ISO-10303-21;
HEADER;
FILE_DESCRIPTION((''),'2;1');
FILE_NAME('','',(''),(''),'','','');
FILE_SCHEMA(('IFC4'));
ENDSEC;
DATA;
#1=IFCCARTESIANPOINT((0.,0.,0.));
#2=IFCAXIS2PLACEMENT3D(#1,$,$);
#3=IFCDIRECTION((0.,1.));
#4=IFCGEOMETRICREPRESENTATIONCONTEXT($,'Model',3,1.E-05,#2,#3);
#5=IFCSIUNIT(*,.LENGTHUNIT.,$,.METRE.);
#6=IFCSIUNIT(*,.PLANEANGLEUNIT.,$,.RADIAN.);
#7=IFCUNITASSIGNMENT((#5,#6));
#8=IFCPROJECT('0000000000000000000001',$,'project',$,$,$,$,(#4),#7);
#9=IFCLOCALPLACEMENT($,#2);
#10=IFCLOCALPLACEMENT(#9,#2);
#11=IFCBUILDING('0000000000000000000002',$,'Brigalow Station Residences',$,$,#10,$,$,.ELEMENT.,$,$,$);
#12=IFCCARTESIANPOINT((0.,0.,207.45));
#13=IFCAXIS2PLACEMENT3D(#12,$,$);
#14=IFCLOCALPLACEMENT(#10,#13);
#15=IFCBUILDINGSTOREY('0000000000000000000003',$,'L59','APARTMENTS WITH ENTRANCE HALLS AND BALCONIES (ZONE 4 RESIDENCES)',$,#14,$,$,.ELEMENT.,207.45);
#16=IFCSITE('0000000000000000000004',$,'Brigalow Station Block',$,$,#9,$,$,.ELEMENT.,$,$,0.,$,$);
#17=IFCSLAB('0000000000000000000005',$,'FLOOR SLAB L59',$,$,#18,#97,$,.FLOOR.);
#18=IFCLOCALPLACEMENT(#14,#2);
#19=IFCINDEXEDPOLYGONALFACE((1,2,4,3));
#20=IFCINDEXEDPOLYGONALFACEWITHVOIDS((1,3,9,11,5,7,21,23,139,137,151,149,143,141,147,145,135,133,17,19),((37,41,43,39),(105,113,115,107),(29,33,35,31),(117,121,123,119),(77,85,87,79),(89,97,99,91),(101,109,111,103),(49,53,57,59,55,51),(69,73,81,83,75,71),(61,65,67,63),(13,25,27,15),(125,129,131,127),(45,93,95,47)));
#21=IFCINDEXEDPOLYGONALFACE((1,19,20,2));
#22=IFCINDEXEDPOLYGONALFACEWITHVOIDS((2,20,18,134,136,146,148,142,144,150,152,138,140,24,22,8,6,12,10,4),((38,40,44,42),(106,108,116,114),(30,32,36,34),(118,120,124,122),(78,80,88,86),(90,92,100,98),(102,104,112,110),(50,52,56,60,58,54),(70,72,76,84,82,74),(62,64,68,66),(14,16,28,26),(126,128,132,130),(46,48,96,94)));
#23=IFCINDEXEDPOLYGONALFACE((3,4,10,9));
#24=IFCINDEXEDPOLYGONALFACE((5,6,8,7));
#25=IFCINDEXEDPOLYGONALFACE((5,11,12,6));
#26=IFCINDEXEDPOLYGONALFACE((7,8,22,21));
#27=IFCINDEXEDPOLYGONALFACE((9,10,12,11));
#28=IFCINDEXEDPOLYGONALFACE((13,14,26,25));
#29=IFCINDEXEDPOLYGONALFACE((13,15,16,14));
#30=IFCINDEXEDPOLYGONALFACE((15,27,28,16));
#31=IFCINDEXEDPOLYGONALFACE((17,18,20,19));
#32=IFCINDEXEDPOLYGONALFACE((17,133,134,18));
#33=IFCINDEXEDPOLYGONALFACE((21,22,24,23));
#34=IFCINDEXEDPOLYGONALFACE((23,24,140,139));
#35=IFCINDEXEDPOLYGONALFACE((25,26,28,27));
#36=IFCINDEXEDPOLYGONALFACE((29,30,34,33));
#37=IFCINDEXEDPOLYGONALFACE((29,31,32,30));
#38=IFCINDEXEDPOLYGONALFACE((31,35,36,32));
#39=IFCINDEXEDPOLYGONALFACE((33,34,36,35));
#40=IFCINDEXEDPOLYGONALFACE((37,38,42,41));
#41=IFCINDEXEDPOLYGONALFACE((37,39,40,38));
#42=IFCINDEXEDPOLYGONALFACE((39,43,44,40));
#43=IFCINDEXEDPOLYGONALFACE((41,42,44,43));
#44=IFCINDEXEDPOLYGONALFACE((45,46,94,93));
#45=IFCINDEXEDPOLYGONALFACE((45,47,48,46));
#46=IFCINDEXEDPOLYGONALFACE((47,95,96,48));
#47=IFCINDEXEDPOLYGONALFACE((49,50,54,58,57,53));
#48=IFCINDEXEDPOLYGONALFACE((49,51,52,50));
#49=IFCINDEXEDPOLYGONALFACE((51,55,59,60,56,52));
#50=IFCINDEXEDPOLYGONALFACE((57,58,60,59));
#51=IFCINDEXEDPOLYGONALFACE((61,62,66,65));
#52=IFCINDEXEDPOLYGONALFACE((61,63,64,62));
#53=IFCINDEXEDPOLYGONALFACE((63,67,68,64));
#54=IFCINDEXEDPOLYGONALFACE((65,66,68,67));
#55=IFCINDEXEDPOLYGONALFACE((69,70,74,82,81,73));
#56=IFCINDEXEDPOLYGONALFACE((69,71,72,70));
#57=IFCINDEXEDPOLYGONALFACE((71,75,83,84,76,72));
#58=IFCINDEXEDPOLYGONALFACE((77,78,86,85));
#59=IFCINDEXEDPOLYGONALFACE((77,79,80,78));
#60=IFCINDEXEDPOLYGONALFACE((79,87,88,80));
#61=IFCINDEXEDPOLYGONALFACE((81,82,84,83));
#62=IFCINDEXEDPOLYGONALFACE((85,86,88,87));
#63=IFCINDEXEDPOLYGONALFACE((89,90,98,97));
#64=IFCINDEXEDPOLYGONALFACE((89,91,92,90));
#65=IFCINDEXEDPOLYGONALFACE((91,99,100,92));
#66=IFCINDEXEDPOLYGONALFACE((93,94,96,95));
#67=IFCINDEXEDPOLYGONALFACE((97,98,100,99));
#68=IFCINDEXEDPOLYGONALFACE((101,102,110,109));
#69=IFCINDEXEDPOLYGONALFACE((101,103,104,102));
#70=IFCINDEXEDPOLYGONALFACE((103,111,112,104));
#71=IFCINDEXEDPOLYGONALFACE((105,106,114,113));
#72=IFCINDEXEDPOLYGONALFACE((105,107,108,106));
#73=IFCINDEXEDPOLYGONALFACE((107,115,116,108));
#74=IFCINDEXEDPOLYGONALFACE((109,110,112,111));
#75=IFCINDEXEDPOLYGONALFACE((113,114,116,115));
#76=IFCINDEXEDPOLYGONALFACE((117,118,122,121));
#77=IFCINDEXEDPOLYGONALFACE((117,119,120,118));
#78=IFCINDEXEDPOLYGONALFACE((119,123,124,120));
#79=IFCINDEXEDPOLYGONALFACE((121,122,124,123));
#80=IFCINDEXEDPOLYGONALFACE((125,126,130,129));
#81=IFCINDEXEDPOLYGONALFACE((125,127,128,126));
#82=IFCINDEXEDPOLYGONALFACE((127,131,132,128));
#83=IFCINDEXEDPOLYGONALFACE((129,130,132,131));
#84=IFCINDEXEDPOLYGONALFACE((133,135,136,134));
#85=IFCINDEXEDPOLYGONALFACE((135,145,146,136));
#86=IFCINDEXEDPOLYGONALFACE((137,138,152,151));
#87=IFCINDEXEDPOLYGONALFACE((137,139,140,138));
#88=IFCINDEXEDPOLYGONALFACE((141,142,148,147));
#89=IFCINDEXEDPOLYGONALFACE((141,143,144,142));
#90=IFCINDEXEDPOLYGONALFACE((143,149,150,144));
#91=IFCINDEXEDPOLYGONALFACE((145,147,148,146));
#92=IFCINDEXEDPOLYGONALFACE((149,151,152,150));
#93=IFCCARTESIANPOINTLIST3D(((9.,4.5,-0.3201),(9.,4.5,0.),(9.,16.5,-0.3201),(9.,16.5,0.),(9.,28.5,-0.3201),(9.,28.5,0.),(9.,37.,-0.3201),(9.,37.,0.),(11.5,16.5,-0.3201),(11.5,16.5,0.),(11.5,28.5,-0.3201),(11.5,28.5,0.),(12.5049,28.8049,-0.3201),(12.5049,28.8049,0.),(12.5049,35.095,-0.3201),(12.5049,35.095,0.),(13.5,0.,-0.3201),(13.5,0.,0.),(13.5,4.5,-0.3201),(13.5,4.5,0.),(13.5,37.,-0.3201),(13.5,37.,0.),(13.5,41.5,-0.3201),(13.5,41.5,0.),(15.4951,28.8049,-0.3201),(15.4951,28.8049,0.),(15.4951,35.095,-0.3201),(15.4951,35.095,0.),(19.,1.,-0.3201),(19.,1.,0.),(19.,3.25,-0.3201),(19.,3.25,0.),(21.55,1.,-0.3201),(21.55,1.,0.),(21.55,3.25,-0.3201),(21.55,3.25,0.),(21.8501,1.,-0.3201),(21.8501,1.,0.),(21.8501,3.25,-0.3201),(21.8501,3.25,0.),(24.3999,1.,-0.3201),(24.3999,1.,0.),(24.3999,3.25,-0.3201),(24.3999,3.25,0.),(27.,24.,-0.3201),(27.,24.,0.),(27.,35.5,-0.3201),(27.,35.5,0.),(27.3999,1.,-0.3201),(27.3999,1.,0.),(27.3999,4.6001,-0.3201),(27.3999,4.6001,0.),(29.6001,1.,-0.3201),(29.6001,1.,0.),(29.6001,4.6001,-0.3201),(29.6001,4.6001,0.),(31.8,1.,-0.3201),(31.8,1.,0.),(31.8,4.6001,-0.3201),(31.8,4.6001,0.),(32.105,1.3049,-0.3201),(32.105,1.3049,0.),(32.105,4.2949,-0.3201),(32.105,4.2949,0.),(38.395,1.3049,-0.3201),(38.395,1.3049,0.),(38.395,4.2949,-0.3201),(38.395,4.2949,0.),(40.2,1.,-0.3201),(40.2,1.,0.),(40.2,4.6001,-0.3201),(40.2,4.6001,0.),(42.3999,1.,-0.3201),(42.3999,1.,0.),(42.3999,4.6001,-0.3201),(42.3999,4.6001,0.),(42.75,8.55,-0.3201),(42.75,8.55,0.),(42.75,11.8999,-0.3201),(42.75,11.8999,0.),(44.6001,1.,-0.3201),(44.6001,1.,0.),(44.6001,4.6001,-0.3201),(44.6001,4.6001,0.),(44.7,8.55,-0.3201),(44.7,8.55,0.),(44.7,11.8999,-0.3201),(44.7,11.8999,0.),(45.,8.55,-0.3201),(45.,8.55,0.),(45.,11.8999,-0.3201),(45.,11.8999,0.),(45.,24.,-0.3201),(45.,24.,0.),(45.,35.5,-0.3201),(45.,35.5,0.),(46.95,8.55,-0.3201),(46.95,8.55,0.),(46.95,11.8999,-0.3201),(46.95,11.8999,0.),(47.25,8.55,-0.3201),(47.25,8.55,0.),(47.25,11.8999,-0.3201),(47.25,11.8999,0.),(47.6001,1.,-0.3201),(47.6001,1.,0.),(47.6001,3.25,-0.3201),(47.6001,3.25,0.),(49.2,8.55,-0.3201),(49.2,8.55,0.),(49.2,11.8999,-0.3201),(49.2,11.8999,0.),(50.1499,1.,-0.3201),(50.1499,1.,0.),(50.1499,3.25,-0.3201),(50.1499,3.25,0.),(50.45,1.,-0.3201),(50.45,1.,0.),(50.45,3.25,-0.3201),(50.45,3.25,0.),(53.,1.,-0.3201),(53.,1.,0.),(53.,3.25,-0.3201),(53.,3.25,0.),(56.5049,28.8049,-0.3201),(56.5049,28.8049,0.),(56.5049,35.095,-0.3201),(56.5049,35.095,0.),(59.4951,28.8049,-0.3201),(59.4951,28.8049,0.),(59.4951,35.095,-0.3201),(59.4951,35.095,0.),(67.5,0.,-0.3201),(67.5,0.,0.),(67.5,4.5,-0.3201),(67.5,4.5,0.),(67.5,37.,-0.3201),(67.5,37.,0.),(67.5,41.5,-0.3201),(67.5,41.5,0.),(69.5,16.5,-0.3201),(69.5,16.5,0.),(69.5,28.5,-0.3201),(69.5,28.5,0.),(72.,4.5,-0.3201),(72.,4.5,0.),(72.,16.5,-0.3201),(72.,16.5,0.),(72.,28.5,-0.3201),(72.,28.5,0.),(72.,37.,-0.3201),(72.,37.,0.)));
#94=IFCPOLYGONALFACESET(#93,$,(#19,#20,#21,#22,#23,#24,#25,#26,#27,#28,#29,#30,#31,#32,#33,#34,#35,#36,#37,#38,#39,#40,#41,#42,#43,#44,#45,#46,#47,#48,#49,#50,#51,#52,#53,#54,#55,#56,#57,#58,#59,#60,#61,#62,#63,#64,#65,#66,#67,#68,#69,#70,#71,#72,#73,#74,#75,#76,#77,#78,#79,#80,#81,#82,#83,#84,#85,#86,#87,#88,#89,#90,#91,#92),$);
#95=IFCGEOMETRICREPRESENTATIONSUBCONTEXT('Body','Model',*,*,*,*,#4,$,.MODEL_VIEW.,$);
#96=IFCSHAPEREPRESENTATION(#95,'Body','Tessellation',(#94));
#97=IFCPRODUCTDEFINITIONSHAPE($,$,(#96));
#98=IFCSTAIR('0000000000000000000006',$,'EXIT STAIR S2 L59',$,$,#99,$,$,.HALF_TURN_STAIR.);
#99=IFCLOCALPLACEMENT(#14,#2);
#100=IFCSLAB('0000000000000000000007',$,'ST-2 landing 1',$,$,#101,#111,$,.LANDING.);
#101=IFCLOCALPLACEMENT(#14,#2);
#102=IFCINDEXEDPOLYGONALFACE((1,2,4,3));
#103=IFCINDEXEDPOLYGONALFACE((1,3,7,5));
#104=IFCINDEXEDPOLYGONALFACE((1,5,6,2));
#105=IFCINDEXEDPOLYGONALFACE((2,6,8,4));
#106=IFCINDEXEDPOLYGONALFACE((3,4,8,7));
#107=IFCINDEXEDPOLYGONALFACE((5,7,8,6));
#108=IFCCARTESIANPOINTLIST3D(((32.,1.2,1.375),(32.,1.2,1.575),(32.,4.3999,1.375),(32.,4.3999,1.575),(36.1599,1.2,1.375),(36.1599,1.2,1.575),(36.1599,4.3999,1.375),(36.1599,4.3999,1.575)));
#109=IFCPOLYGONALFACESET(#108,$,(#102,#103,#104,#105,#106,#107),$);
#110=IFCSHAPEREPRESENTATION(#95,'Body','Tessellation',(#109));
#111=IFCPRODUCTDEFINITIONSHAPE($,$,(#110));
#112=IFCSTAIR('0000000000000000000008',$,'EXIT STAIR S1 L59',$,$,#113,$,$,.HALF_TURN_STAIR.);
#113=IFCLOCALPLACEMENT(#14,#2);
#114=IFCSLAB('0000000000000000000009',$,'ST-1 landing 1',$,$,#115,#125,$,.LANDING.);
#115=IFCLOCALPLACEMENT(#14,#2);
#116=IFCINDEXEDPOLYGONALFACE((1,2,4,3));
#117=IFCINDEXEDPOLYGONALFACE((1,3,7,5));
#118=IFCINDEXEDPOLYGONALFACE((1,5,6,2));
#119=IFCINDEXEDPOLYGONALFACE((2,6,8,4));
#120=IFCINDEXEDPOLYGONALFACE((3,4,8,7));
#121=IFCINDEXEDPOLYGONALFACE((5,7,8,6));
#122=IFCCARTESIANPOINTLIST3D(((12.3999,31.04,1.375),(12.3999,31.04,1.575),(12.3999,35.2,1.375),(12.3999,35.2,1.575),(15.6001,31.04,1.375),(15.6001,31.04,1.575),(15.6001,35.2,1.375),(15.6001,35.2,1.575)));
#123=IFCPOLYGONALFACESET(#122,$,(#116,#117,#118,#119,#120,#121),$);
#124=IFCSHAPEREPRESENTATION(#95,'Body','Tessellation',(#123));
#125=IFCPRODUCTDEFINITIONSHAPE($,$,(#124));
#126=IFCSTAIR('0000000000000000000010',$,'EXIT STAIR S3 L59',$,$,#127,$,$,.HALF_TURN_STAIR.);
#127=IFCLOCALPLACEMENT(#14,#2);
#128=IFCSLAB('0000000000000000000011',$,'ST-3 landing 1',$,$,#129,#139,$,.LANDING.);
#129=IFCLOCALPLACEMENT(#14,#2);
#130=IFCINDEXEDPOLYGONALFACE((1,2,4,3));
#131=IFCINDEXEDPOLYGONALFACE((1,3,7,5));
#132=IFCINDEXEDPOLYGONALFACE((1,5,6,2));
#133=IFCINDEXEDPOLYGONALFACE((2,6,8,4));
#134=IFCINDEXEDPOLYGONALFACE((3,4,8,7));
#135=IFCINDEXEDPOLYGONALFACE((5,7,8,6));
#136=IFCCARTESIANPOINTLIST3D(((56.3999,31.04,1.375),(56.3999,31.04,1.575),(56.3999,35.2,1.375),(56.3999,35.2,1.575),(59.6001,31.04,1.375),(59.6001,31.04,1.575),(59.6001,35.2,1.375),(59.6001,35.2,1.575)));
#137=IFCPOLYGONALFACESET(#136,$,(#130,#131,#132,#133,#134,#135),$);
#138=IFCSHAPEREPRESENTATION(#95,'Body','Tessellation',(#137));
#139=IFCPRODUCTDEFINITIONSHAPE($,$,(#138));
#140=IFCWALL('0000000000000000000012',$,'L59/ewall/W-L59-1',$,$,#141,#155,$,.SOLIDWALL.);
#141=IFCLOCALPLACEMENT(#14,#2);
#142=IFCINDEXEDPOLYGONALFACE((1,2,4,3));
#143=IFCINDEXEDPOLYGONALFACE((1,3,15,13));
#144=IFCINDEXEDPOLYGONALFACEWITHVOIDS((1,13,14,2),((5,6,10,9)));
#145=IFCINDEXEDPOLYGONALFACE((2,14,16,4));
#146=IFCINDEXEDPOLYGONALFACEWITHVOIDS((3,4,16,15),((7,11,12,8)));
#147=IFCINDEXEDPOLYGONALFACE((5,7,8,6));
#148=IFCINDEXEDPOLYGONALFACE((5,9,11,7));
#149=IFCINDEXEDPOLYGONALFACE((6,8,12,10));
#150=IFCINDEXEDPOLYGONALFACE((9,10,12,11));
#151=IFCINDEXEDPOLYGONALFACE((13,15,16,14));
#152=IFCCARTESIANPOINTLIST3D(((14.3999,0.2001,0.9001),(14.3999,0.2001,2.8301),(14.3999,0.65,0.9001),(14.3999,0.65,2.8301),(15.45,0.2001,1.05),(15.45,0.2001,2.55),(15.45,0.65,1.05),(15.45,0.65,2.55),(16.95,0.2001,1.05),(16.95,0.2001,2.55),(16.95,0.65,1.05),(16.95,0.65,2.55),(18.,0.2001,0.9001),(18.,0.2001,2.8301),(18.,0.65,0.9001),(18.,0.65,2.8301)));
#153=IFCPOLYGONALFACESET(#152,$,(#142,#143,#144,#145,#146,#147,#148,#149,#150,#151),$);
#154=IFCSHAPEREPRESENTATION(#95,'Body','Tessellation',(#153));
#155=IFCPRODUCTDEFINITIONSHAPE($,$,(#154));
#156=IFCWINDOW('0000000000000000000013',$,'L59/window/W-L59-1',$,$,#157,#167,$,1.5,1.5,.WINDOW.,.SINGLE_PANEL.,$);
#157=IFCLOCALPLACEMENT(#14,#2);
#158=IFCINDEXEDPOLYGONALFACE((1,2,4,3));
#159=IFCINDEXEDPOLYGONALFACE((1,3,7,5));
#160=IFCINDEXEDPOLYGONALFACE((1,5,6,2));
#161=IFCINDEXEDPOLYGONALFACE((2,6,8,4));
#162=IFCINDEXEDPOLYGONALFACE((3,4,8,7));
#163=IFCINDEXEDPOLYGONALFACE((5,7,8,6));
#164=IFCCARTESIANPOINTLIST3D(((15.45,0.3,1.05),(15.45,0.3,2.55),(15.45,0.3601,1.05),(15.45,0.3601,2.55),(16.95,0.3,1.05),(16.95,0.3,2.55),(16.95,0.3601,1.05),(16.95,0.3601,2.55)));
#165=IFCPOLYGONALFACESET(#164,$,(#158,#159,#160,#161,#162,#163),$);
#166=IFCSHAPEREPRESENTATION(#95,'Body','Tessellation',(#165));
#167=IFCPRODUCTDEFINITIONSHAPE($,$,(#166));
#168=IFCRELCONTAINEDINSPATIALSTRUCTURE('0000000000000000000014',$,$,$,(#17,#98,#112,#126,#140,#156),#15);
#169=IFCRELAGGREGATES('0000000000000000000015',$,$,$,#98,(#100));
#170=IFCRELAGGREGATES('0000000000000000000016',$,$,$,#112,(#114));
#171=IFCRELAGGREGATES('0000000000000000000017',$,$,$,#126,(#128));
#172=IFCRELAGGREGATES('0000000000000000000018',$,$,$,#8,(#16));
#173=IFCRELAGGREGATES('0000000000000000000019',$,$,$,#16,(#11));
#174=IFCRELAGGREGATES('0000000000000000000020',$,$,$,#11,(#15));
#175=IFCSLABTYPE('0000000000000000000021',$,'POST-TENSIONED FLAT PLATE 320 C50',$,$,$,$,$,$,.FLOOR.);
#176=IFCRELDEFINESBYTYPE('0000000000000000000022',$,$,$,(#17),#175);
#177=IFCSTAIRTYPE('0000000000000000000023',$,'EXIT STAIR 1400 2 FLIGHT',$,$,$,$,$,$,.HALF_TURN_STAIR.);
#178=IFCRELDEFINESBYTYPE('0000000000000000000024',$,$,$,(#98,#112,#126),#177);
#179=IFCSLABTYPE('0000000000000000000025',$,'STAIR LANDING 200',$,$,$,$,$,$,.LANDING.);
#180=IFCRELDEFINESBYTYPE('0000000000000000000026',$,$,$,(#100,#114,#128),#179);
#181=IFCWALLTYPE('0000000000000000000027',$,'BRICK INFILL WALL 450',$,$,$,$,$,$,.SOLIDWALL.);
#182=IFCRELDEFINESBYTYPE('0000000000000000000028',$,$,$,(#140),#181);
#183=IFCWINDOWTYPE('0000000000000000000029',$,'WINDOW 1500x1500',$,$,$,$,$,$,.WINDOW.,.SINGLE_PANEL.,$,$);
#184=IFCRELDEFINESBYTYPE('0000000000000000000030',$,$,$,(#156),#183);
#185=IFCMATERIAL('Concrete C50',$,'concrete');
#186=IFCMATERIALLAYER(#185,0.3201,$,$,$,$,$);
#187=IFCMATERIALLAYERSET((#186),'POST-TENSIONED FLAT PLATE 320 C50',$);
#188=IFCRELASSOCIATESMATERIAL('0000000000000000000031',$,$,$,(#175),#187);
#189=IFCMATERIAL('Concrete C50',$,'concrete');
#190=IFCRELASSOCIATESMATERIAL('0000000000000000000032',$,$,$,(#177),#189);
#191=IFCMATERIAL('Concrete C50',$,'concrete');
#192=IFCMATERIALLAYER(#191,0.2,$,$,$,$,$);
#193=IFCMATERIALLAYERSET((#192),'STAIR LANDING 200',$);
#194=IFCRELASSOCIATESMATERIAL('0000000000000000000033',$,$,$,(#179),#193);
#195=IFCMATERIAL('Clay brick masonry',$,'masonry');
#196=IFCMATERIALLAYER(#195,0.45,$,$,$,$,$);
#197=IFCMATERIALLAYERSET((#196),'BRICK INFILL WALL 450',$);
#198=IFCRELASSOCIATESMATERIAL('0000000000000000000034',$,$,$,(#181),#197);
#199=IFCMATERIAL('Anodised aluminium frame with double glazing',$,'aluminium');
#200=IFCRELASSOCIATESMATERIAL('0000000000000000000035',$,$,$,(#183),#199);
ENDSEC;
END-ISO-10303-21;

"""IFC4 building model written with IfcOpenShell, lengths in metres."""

from ifc_helpers import new_model, si_unit, direction, frame, frame_2d, origin, place, context, subcontext, project, spatial, polyline, rectangle, outline, extrude, material, layer, layer_set, type_object, element, fill, aggregate, save


model = new_model("IFC4")

# Units and contexts
model_context = context("Model", 3, precision=1e-05, world=origin(), true_north=direction((0.0, 1.0)))
body_context = subcontext(model_context, "Body", "Model", "MODEL_VIEW")
ifc_project = project(units=[si_unit("LENGTHUNIT", "METRE"), si_unit("PLANEANGLEUNIT", "RADIAN")], contexts=[model_context])

# Site, building, storey
site_placement = place(None, origin())
site = spatial("IfcSite", under=ifc_project, at=site_placement, Name="Brigalow Station Block", CompositionType="ELEMENT", RefElevation=0.0)
building_placement = place(site_placement, origin())
building = spatial("IfcBuilding", under=site, at=building_placement, Name="Brigalow Station Residences", CompositionType="ELEMENT")
storey_placement = place(building_placement, frame((0.0, 0.0, 207.45)))
storey = spatial("IfcBuildingStorey", under=building, at=storey_placement, Name="L59", Description="APARTMENTS WITH ENTRANCE HALLS AND BALCONIES (ZONE 4 RESIDENCES)", CompositionType="ELEMENT", Elevation=207.45)

# Slab
ifc_material_1 = material(Name="Concrete C50", Category="concrete")
ifc_layer_1 = layer(ifc_material_1, 0.3201)
ifc_layer_set_1 = layer_set([ifc_layer_1], Name="POST-TENSIONED FLAT PLATE 320 C50")
slab_type_1 = type_object("IfcSlabType", Name="POST-TENSIONED FLAT PLATE 320 C50", PredefinedType="FLOOR", material=ifc_layer_set_1)
slab_1_placement = place(storey_placement, frame((0.0, 0.0, -0.3201)))
element("IfcSlab", 1, at=slab_1_placement, inside=storey, type_object=slab_type_1, Name="FLOOR SLAB L59", PredefinedType="FLOOR", context=body_context, shape_type="SweptSolid", body=[
    extrude(outline(polyline([(13.5, 0.0), (67.5, 0.0), (67.5, 4.5), (72.0, 4.5), (72.0, 16.5), (69.5, 16.5), (69.5, 28.5), (72.0, 28.5), (72.0, 37.0), (67.5, 37.0), (67.5, 41.5), (13.5, 41.5), (13.5, 37.0), (9.0, 37.0), (9.0, 28.5), (11.5, 28.5), (11.5, 16.5), (9.0, 16.5), (9.0, 4.5), (13.5, 4.5), (13.5, 0.0)]), holes=[polyline([(12.5049, 35.095), (15.4951, 35.095), (15.4951, 28.8049), (12.5049, 28.8049), (12.5049, 35.095)]), polyline([(19.0, 1.0), (19.0, 3.25), (21.55, 3.25), (21.55, 1.0), (19.0, 1.0)]), polyline([(21.8501, 3.25), (24.3999, 3.25), (24.3999, 1.0), (21.8501, 1.0), (21.8501, 3.25)]), polyline([(27.0, 35.5), (45.0, 35.5), (45.0, 24.0), (27.0, 24.0), (27.0, 35.5)]), polyline([(29.6001, 4.6001), (31.8, 4.6001), (31.8, 1.0), (29.6001, 1.0), (27.3999, 1.0), (27.3999, 4.6001), (29.6001, 4.6001)]), polyline([(32.105, 4.2949), (38.395, 4.2949), (38.395, 1.3049), (32.105, 1.3049), (32.105, 4.2949)]), polyline([(40.2, 4.6001), (42.3999, 4.6001), (44.6001, 4.6001), (44.6001, 1.0), (42.3999, 1.0), (40.2, 1.0), (40.2, 4.6001)]), polyline([(42.75, 11.8999), (44.7, 11.8999), (44.7, 8.55), (42.75, 8.55), (42.75, 11.8999)]), polyline([(45.0, 11.8999), (46.95, 11.8999), (46.95, 8.55), (45.0, 8.55), (45.0, 11.8999)]), polyline([(47.25, 11.8999), (49.2, 11.8999), (49.2, 8.55), (47.25, 8.55), (47.25, 11.8999)]), polyline([(47.6001, 3.25), (50.1499, 3.25), (50.1499, 1.0), (47.6001, 1.0), (47.6001, 3.25)]), polyline([(50.45, 3.25), (53.0, 3.25), (53.0, 1.0), (50.45, 1.0), (50.45, 3.25)]), polyline([(56.5049, 35.095), (59.4951, 35.095), (59.4951, 28.8049), (56.5049, 28.8049), (56.5049, 35.095)])]), origin(), (0.0, 0.0, 1.0), 0.3201),
])

# Stairs, slabs
ifc_material_2 = material(Name="Concrete C50", Category="concrete")
stair_type = type_object("IfcStairType", Name="EXIT STAIR 1400 2 FLIGHT", PredefinedType="HALF_TURN_STAIR", material=ifc_material_2)
stair_1_placement = place(storey_placement, origin())
stair_1 = element("IfcStair", 2, at=stair_1_placement, inside=storey, type_object=stair_type, Name="EXIT STAIR S2 L59", PredefinedType="HALF_TURN_STAIR")
ifc_material_3 = material(Name="Concrete C50", Category="concrete")
ifc_layer_2 = layer(ifc_material_3, 0.2)
ifc_layer_set_2 = layer_set([ifc_layer_2], Name="STAIR LANDING 200")
slab_type_2 = type_object("IfcSlabType", Name="STAIR LANDING 200", PredefinedType="LANDING", material=ifc_layer_set_2)
slab_2_placement = place(storey_placement, frame((0.0, 0.0, 1.375)))
slab_2 = element("IfcSlab", 3, at=slab_2_placement, type_object=slab_type_2, Name="ST-2 landing 1", PredefinedType="LANDING", context=body_context, shape_type="SweptSolid", body=[
    extrude(outline(polyline([(32.0, 1.2), (36.1599, 1.2), (36.1599, 4.3999), (32.0, 4.3999), (32.0, 1.2)])), origin(), (0.0, 0.0, 1.0), 0.2),
])
aggregate(stair_1, [slab_2])
stair_2_placement = place(storey_placement, origin())
stair_2 = element("IfcStair", 4, at=stair_2_placement, inside=storey, type_object=stair_type, Name="EXIT STAIR S1 L59", PredefinedType="HALF_TURN_STAIR")
slab_3_placement = place(storey_placement, frame((0.0, 0.0, 1.375)))
slab_3 = element("IfcSlab", 5, at=slab_3_placement, type_object=slab_type_2, Name="ST-1 landing 1", PredefinedType="LANDING", context=body_context, shape_type="SweptSolid", body=[
    extrude(outline(polyline([(12.3999, 31.04), (15.6001, 31.04), (15.6001, 35.2), (12.3999, 35.2), (12.3999, 31.04)])), origin(), (0.0, 0.0, 1.0), 0.2),
])
aggregate(stair_2, [slab_3])
stair_3_placement = place(storey_placement, origin())
stair_3 = element("IfcStair", 6, at=stair_3_placement, inside=storey, type_object=stair_type, Name="EXIT STAIR S3 L59", PredefinedType="HALF_TURN_STAIR")
slab_4_placement = place(storey_placement, frame((0.0, 0.0, 1.375)))
slab_4 = element("IfcSlab", 7, at=slab_4_placement, type_object=slab_type_2, Name="ST-3 landing 1", PredefinedType="LANDING", context=body_context, shape_type="SweptSolid", body=[
    extrude(outline(polyline([(56.3999, 31.04), (59.6001, 31.04), (59.6001, 35.2), (56.3999, 35.2), (56.3999, 31.04)])), origin(), (0.0, 0.0, 1.0), 0.2),
])
aggregate(stair_3, [slab_4])

# Wall, opening, window
ifc_material_4 = material(Name="Clay brick masonry", Category="masonry")
ifc_layer_3 = layer(ifc_material_4, 0.45)
ifc_layer_set_3 = layer_set([ifc_layer_3], Name="BRICK INFILL WALL 450")
wall_type_1 = type_object("IfcWallType", Name="BRICK INFILL WALL 450", PredefinedType="SOLIDWALL", material=ifc_layer_set_3)
wall_1_placement = place(storey_placement, frame((14.3999, 0.425, 0.9001), z_axis=(0.0, 0.0, 1.0), x_axis=(1.0, 0.0, 0.0)))
wall_1 = element("IfcWall", 8, at=wall_1_placement, inside=storey, type_object=wall_type_1, Name="L59/ewall/W-L59-1", PredefinedType="SOLIDWALL", context=body_context, shape_type="SweptSolid", body=[
    extrude(rectangle(XDim=3.6001, YDim=0.45, at=frame_2d((1.8, 0.0))), origin(), (0.0, 0.0, 1.0), 1.9299),
])
opening_1_placement = place(wall_1_placement, frame((1.05, 0.0, 0.1499)))
opening_1 = element("IfcOpeningElement", 9, at=opening_1_placement, cuts=wall_1, PredefinedType="OPENING", context=body_context, shape_type="SweptSolid", body=[
    extrude(rectangle(XDim=1.5, YDim=1.5, at=frame_2d((0.75, 0.75))), frame((0.0, 0.2349, 0.0), z_axis=(0.0, -1.0, 0.0), x_axis=(1.0, 0.0, 0.0)), (0.0, 0.0, 1.0), 0.47),
])
ifc_material_5 = material(Name="Anodised aluminium frame with double glazing", Category="aluminium")
window_type_1 = type_object("IfcWindowType", Name="WINDOW 1500x1500", PartitioningType="SINGLE_PANEL", PredefinedType="WINDOW", material=ifc_material_5)
window_1_placement = place(opening_1_placement, origin())
window_1 = element("IfcWindow", 10, at=window_1_placement, inside=storey, type_object=window_type_1, Name="L59/window/W-L59-1", OverallHeight=1.5, OverallWidth=1.5, PartitioningType="SINGLE_PANEL", PredefinedType="WINDOW", context=body_context, shape_type="SweptSolid", body=[
    extrude(rectangle(XDim=1.5, YDim=1.5, at=frame_2d((0.75, 0.75))), frame((0.0, -0.0649, 0.0), z_axis=(0.0, -1.0, 0.0), x_axis=(1.0, 0.0, 0.0)), (0.0, 0.0, 1.0), 0.0601),
])
fill(opening_1, window_1)

save(model, "model.ifc")
